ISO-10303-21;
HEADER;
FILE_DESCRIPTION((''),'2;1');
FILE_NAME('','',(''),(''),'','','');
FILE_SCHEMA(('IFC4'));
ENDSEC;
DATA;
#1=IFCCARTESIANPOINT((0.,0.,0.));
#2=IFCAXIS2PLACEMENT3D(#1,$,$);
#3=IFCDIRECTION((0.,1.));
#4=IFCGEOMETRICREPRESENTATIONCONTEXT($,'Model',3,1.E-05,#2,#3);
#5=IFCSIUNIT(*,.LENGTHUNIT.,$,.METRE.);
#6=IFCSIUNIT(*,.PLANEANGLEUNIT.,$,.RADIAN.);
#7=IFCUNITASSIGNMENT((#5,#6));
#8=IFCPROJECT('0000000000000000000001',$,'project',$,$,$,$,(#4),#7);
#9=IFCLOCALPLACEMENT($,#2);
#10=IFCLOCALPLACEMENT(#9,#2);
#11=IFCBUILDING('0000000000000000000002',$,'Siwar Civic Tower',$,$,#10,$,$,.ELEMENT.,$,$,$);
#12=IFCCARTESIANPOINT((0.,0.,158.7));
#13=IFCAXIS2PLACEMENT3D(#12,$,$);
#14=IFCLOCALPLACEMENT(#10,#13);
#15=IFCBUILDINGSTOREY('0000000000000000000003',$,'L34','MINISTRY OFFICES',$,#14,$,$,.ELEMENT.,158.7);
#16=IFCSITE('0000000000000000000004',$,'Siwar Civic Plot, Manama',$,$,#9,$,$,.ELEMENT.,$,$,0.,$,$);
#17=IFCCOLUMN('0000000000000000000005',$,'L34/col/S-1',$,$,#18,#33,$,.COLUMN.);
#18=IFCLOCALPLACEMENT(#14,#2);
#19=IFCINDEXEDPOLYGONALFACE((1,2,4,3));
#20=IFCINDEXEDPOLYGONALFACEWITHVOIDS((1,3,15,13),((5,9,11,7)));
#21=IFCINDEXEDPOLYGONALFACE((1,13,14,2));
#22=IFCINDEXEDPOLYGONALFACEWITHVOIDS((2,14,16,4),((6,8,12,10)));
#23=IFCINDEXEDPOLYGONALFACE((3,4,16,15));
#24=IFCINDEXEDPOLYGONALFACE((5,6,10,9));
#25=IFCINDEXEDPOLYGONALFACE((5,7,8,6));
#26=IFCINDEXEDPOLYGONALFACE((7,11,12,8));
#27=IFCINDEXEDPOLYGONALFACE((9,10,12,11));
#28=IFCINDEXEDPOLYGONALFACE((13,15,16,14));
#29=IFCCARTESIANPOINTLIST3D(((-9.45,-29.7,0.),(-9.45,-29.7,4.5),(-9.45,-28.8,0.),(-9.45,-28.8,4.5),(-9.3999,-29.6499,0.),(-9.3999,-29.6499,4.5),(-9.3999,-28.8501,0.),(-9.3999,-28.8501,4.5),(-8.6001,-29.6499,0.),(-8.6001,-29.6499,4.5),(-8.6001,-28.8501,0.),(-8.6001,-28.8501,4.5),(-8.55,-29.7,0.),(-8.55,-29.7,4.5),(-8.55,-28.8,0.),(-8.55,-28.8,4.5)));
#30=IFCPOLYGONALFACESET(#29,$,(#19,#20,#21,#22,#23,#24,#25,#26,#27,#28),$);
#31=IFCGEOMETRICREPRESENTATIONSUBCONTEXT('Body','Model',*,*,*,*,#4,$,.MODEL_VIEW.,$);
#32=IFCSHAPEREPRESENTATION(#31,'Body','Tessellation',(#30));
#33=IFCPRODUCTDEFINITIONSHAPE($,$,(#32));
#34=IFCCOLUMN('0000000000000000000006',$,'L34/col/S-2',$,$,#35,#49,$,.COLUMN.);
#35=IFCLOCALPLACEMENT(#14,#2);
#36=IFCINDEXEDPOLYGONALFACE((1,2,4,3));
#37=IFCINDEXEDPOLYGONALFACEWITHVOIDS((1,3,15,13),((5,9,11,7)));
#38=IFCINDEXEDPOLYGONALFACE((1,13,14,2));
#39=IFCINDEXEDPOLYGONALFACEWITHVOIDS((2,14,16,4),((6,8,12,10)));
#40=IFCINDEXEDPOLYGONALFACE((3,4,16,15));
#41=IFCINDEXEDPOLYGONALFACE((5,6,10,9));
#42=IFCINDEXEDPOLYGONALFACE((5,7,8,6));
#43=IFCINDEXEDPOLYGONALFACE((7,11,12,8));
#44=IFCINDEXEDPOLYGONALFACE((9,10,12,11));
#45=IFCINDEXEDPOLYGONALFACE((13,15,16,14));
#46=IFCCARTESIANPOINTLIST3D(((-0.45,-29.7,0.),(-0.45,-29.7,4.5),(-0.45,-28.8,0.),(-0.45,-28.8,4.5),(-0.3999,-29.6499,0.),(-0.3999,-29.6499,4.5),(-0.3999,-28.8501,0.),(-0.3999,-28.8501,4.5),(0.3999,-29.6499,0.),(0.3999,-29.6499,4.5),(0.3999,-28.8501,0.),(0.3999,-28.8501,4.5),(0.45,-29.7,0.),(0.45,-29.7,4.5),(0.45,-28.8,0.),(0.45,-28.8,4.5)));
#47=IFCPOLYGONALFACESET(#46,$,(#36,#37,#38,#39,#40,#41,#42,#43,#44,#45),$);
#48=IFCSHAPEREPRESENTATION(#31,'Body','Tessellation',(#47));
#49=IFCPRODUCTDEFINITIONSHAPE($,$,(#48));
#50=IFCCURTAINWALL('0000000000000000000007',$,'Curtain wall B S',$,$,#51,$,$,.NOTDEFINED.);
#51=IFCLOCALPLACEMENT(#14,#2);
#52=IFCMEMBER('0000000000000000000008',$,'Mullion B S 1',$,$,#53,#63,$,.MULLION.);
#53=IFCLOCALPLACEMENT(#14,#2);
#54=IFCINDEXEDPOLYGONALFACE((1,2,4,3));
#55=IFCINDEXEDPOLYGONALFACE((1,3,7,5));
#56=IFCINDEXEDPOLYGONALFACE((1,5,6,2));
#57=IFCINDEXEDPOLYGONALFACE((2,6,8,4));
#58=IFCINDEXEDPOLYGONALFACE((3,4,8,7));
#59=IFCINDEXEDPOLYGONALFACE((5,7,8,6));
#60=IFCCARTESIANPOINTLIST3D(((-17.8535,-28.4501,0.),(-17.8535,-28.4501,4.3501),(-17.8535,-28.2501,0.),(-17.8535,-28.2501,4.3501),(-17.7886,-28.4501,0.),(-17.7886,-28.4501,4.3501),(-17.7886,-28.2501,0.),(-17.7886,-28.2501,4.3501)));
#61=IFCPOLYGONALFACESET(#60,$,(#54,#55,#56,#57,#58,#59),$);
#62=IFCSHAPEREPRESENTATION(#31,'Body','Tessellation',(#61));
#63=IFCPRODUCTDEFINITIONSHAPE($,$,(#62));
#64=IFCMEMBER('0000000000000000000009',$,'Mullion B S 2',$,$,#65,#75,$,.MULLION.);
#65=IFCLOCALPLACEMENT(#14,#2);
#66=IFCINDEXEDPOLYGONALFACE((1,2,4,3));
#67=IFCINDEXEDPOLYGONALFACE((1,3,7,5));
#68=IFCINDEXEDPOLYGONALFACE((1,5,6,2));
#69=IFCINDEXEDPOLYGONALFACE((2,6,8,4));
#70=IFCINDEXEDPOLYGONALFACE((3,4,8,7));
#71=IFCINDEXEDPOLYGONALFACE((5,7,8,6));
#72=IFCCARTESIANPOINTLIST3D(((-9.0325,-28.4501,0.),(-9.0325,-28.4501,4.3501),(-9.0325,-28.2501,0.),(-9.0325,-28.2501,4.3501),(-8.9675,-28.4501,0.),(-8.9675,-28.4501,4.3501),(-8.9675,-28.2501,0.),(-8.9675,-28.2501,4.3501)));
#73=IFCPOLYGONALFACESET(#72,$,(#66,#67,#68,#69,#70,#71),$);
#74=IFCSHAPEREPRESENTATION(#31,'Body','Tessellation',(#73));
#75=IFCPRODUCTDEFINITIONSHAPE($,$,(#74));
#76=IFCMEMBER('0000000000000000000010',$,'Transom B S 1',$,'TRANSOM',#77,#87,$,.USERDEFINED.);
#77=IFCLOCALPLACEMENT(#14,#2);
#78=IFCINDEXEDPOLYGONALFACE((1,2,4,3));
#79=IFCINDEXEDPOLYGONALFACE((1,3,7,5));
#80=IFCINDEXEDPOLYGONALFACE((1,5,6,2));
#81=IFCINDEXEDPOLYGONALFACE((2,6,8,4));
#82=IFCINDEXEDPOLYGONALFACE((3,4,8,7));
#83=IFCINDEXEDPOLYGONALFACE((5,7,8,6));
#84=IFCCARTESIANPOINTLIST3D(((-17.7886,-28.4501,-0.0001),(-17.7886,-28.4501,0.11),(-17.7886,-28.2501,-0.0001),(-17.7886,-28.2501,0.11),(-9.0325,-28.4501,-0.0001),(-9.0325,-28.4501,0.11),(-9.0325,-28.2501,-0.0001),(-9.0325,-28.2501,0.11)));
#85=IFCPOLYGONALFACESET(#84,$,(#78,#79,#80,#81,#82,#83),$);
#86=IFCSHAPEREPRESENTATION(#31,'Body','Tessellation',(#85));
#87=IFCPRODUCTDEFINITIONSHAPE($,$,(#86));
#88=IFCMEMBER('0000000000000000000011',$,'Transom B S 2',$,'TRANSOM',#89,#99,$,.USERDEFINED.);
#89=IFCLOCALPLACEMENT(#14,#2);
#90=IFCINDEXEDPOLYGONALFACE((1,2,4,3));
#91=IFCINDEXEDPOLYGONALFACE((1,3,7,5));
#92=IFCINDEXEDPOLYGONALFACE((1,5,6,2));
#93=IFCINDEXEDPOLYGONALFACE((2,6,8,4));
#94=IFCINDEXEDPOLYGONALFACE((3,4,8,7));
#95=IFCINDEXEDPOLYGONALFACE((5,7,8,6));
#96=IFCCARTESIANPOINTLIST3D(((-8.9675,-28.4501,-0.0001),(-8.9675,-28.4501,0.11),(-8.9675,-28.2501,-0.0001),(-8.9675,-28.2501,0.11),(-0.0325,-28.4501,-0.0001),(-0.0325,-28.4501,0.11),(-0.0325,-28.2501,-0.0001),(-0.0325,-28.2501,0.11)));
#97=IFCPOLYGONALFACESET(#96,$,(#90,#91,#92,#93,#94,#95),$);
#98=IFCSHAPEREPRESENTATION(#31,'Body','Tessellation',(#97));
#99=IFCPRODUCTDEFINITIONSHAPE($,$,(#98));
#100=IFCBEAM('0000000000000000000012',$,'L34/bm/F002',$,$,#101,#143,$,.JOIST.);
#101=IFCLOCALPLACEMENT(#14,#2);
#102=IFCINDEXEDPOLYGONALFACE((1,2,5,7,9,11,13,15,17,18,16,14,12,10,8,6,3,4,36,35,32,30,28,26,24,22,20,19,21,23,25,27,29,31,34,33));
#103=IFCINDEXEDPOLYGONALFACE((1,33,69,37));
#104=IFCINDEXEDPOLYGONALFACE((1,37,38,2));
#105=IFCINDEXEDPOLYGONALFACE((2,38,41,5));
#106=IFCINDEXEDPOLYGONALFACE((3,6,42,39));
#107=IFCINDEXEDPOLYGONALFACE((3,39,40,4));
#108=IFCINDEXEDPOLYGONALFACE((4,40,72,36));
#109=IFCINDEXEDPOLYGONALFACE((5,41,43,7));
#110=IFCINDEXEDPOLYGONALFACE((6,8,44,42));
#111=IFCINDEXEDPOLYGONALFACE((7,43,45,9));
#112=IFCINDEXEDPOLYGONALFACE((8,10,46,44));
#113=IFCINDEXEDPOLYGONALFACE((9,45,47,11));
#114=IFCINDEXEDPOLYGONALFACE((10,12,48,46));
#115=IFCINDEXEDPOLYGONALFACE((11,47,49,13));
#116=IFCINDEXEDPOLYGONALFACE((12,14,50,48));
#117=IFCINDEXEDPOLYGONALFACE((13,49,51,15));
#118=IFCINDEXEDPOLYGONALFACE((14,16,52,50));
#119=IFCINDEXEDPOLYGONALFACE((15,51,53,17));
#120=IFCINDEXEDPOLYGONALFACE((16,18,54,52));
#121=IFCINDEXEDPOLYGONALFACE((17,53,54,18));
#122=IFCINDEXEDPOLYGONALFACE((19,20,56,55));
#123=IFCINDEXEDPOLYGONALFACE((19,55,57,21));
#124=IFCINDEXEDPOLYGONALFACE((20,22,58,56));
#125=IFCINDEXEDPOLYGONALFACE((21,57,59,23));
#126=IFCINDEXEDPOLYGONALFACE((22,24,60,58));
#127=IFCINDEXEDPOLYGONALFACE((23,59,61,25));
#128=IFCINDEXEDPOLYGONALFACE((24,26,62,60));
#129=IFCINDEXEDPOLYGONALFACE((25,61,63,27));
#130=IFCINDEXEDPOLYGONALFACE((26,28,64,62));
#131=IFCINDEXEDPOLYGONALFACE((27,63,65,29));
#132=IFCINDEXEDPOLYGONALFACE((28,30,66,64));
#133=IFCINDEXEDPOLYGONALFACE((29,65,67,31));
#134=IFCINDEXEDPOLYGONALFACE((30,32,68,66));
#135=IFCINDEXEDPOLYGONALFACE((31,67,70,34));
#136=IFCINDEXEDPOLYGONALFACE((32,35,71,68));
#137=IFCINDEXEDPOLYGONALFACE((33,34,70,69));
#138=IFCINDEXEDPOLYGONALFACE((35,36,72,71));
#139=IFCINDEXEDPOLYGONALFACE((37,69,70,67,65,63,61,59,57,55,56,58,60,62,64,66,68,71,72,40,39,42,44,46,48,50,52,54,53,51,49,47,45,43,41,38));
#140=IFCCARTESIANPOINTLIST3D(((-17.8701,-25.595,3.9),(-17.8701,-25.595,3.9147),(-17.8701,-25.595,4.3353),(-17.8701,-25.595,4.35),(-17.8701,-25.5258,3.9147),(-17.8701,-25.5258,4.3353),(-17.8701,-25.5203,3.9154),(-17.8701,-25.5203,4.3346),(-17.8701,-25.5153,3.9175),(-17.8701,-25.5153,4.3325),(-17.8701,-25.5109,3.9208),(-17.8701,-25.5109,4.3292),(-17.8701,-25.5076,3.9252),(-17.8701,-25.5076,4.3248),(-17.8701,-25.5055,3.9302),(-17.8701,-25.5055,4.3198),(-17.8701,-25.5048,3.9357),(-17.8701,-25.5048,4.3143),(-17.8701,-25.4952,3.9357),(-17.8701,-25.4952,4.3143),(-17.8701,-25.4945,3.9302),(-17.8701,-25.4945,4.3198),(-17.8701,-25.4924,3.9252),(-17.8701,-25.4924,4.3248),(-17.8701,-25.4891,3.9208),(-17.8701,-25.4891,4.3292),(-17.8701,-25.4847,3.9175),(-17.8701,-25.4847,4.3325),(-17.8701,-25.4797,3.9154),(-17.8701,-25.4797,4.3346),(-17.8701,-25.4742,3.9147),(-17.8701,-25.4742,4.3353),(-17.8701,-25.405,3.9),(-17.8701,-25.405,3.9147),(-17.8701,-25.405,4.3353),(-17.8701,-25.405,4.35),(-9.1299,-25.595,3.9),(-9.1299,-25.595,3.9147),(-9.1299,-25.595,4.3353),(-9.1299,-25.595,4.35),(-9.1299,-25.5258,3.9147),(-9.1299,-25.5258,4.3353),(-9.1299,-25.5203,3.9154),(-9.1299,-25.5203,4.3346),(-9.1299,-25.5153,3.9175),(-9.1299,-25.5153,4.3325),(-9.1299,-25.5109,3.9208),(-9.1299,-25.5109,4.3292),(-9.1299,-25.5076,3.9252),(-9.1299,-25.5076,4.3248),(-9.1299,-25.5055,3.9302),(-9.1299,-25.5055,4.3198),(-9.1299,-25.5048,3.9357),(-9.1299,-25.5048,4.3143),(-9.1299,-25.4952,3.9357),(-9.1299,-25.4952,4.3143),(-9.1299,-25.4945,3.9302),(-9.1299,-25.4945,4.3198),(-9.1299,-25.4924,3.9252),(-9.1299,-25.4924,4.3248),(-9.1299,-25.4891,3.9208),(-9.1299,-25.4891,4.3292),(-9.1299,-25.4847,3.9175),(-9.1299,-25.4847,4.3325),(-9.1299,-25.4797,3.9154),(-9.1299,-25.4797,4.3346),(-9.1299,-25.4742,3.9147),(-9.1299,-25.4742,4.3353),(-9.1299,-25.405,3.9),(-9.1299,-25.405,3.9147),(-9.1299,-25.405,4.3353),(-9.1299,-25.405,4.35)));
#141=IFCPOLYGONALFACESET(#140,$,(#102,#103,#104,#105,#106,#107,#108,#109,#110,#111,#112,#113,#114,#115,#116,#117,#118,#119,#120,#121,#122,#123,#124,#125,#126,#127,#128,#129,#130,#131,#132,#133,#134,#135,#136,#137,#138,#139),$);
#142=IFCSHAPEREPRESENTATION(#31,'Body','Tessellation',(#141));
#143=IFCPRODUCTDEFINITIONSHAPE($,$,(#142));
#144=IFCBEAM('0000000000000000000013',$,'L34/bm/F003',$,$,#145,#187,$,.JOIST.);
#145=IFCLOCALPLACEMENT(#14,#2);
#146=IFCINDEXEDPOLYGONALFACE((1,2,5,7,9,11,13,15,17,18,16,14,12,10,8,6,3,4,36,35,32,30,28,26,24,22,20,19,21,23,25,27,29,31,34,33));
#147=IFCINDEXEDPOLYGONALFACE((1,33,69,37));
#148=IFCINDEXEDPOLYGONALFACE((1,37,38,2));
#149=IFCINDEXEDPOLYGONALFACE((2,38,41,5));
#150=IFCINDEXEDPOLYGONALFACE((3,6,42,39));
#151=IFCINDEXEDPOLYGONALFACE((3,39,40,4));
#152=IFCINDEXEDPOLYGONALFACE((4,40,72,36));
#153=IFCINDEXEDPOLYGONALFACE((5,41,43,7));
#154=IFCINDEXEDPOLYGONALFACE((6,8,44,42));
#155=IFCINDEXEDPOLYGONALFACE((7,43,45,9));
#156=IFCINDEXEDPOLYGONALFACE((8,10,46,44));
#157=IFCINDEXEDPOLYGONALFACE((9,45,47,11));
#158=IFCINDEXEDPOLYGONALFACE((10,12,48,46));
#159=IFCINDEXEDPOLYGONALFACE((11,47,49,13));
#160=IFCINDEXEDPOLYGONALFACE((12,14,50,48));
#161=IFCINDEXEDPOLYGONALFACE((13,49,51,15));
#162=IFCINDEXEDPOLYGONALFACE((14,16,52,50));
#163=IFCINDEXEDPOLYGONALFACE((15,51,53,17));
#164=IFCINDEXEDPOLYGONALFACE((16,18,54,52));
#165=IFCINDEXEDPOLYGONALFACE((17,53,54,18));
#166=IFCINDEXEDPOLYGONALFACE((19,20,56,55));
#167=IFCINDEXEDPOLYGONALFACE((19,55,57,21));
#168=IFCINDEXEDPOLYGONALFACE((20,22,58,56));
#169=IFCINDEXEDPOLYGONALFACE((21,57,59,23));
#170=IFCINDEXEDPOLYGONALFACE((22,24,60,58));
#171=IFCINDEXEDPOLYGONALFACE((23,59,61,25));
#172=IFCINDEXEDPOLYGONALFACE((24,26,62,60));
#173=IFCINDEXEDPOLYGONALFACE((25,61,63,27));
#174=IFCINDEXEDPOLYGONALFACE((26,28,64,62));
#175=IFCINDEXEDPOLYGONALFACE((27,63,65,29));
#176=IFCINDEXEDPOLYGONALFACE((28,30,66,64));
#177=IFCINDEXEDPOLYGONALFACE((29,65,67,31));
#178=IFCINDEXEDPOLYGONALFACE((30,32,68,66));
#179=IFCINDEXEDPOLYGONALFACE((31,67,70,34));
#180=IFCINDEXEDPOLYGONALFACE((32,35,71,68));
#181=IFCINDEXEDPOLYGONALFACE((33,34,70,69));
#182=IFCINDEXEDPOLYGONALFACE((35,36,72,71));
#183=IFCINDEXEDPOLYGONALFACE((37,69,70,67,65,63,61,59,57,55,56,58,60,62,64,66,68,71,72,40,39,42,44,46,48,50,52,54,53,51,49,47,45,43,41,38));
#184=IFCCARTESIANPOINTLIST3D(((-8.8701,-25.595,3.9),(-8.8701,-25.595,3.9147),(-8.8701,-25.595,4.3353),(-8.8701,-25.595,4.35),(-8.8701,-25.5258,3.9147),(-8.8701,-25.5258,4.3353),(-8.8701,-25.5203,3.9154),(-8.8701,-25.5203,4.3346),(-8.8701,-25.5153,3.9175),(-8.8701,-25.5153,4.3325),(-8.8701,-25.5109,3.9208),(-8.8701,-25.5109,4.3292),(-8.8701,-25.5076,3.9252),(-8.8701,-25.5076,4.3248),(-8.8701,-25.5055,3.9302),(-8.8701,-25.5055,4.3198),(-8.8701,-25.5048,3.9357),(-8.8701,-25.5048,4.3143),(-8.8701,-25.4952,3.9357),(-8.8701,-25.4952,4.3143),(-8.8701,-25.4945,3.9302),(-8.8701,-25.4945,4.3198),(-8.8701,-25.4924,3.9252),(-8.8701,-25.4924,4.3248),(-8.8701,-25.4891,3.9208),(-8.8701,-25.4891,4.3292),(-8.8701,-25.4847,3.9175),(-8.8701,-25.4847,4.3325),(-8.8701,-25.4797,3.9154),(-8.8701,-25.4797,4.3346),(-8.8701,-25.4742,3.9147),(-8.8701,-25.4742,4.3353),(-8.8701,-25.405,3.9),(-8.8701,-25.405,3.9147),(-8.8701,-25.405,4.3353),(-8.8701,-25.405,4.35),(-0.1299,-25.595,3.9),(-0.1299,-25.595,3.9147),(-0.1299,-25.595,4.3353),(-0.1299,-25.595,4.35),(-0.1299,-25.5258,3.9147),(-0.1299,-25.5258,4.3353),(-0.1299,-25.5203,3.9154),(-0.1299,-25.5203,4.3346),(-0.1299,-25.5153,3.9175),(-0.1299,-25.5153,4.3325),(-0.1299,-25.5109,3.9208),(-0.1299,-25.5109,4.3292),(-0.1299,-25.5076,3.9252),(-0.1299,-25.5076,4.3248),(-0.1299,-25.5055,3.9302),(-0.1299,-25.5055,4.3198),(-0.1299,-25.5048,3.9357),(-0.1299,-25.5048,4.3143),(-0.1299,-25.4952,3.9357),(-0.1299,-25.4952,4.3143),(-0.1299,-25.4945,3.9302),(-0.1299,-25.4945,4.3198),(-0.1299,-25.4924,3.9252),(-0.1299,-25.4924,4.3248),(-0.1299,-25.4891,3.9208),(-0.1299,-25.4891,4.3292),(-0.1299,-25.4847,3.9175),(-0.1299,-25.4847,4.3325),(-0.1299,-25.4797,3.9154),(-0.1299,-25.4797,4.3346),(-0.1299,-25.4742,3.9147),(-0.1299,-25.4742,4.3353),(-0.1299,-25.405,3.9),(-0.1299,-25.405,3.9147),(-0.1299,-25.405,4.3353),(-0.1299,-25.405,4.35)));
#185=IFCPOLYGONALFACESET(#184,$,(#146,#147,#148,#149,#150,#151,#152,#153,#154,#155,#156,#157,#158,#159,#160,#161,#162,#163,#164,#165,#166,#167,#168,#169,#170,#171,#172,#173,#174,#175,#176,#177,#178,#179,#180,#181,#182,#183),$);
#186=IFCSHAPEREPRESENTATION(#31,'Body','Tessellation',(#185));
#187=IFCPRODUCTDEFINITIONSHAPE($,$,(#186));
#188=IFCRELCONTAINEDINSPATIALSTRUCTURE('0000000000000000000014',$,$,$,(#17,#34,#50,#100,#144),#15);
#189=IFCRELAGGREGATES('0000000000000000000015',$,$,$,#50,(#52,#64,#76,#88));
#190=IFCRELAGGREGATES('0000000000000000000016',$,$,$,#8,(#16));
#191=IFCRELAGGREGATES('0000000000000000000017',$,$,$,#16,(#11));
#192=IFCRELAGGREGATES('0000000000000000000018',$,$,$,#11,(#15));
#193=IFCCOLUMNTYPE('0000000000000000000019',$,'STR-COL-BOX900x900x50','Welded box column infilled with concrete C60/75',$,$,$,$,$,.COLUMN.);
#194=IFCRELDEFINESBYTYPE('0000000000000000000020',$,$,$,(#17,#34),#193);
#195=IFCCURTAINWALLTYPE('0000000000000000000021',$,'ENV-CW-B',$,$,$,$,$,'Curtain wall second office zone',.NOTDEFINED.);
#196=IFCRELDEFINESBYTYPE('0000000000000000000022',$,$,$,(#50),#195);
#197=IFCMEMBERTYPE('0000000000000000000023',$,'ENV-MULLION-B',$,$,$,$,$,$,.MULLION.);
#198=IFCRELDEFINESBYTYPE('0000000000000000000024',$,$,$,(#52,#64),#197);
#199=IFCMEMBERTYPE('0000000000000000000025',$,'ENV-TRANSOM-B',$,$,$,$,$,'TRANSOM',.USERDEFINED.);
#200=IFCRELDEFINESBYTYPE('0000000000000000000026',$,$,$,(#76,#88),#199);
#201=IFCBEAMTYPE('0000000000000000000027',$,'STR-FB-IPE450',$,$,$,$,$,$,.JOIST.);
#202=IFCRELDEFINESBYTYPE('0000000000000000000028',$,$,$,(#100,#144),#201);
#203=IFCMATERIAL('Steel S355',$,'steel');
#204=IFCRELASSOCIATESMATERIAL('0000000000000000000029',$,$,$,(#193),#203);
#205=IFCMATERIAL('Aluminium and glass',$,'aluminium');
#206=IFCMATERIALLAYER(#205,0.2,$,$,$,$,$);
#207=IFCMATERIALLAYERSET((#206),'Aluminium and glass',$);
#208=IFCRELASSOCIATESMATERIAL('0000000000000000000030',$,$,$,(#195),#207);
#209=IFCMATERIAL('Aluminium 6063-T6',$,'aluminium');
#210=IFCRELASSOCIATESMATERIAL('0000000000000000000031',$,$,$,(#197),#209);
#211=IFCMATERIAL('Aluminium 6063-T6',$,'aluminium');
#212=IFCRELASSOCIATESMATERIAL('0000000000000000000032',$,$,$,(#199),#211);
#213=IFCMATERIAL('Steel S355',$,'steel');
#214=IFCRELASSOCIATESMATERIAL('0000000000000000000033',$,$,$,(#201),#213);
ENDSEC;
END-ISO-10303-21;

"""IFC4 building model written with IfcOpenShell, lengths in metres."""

from ifc_helpers import new_model, si_unit, direction, frame, origin, origin_2d, place, context, subcontext, project, spatial, rectangle, hollow_rectangle, i_section, extrude, material, layer, layer_set, material_profile, profile_set, type_object, element, aggregate, save


model = new_model("IFC4")

# Units and contexts
model_context = context("Model", 3, precision=1e-05, world=origin(), true_north=direction((0.0, 1.0)))
body_context = subcontext(model_context, "Body", "Model", "MODEL_VIEW")
ifc_project = project(units=[si_unit("LENGTHUNIT", "METRE"), si_unit("PLANEANGLEUNIT", "RADIAN")], contexts=[model_context])

# Site, building, storey
site_placement = place(None, origin())
site = spatial("IfcSite", under=ifc_project, at=site_placement, Name="Siwar Civic Plot, Manama", CompositionType="ELEMENT", RefElevation=0.0)
building_placement = place(site_placement, origin())
building = spatial("IfcBuilding", under=site, at=building_placement, Name="Siwar Civic Tower", CompositionType="ELEMENT")
storey_placement = place(building_placement, frame((0.0, 0.0, 158.7)))
storey = spatial("IfcBuildingStorey", under=building, at=storey_placement, Name="L34", Description="MINISTRY OFFICES", CompositionType="ELEMENT", Elevation=158.7)

# Columns
ifc_material_1 = material(Name="Steel S355", Category="steel")
ifc_material_profile_1 = material_profile(ifc_material_1, hollow_rectangle(XDim=0.8999, YDim=0.8999, WallThickness=0.05, at=origin_2d()), Name="BOX900x900x50")
ifc_profile_set_1 = profile_set([ifc_material_profile_1], Name="Steel S355")
column_type = type_object("IfcColumnType", Name="STR-COL-BOX900x900x50", Description="Welded box column infilled with concrete C60/75", PredefinedType="COLUMN", material=ifc_profile_set_1)
for number, where, z_axis, x_axis, name in (
    (1, (-9.0, -29.25, 0.0), (0.0, 0.0, 1.0), (1.0, 0.0, 0.0), "L34/col/S-1"),
    (2, (0.0, -29.25, 0.0), (0.0, 0.0, 1.0), (1.0, 0.0, 0.0), "L34/col/S-2"),
):
    element("IfcColumn", number, at=place(storey_placement, frame(where, z_axis=z_axis, x_axis=x_axis)), inside=storey, type_object=column_type, Name=name, PredefinedType="COLUMN", context=body_context, shape_type="SweptSolid", body=[
        extrude(hollow_rectangle(XDim=0.8999, YDim=0.8999, WallThickness=0.05, at=origin_2d()), origin(), (0.0, 0.0, 1.0), 4.5),
    ])

# Curtain wall, members
ifc_material_2 = material(Name="Aluminium and glass", Category="aluminium")
ifc_layer_1 = layer(ifc_material_2, 0.2)
ifc_layer_set_1 = layer_set([ifc_layer_1], Name="Aluminium and glass")
curtain_wall_type = type_object("IfcCurtainWallType", Name="ENV-CW-B", ElementType="Curtain wall second office zone", PredefinedType="NOTDEFINED", material=ifc_layer_set_1)
curtain_wall_placement = place(storey_placement, origin())
curtain_wall = element("IfcCurtainWall", 3, at=curtain_wall_placement, inside=storey, type_object=curtain_wall_type, Name="Curtain wall B S", PredefinedType="NOTDEFINED")
ifc_material_3 = material(Name="Aluminium 6063-T6", Category="aluminium")
ifc_material_profile_2 = material_profile(ifc_material_3, rectangle(XDim=0.2, YDim=0.0649, at=origin_2d()), Name="AL 200x65")
ifc_profile_set_2 = profile_set([ifc_material_profile_2], Name="Aluminium 6063-T6")
member_type_1 = type_object("IfcMemberType", Name="ENV-MULLION-B", PredefinedType="MULLION", material=ifc_profile_set_2)
member_1_placement = place(storey_placement, frame((-17.821, -28.3501, 0.0), z_axis=(0.0, 0.0, 1.0), x_axis=(0.0, 1.0, 0.0)))
member_1 = element("IfcMember", 4, at=member_1_placement, type_object=member_type_1, Name="Mullion B S 1", PredefinedType="MULLION", context=body_context, shape_type="SweptSolid", body=[
    extrude(rectangle(XDim=0.2, YDim=0.0649, at=origin_2d()), origin(), (0.0, 0.0, 1.0), 4.3501),
])
member_2_placement = place(storey_placement, frame((-9.0, -28.3501, 0.0), z_axis=(0.0, 0.0, 1.0), x_axis=(0.0, 1.0, 0.0)))
member_2 = element("IfcMember", 5, at=member_2_placement, type_object=member_type_1, Name="Mullion B S 2", PredefinedType="MULLION", context=body_context, shape_type="SweptSolid", body=[
    extrude(rectangle(XDim=0.2, YDim=0.0649, at=origin_2d()), origin(), (0.0, 0.0, 1.0), 4.3501),
])
ifc_material_4 = material(Name="Aluminium 6063-T6", Category="aluminium")
ifc_material_profile_3 = material_profile(ifc_material_4, rectangle(XDim=0.2, YDim=0.1101, at=origin_2d()), Name="AL 200x110")
ifc_profile_set_3 = profile_set([ifc_material_profile_3], Name="Aluminium 6063-T6")
member_type_2 = type_object("IfcMemberType", Name="ENV-TRANSOM-B", ElementType="TRANSOM", PredefinedType="USERDEFINED", material=ifc_profile_set_3)
member_3_placement = place(storey_placement, frame((-17.7886, -28.3501, 0.0549), z_axis=(1.0, 0.0, 0.0), x_axis=(0.0, 1.0, 0.0)))
member_3 = element("IfcMember", 6, at=member_3_placement, type_object=member_type_2, Name="Transom B S 1", ObjectType="TRANSOM", PredefinedType="USERDEFINED", context=body_context, shape_type="SweptSolid", body=[
    extrude(rectangle(XDim=0.2, YDim=0.1101, at=origin_2d()), origin(), (0.0, 0.0, 1.0), 8.7561),
])
member_4_placement = place(storey_placement, frame((-8.9675, -28.3501, 0.0549), z_axis=(1.0, 0.0, 0.0), x_axis=(0.0, 1.0, 0.0)))
member_4 = element("IfcMember", 7, at=member_4_placement, type_object=member_type_2, Name="Transom B S 2", ObjectType="TRANSOM", PredefinedType="USERDEFINED", context=body_context, shape_type="SweptSolid", body=[
    extrude(rectangle(XDim=0.2, YDim=0.1101, at=origin_2d()), origin(), (0.0, 0.0, 1.0), 8.9351),
])

# Beams
ifc_material_5 = material(Name="Steel S355", Category="steel")
ifc_material_profile_4 = material_profile(ifc_material_5, i_section(OverallWidth=0.1899, OverallDepth=0.45, WebThickness=0.0095, FlangeThickness=0.0146, FilletRadius=0.021, at=origin_2d()), Name="IPE450")
ifc_profile_set_4 = profile_set([ifc_material_profile_4], Name="Steel S355")
beam_type_1 = type_object("IfcBeamType", Name="STR-FB-IPE450", PredefinedType="JOIST", material=ifc_profile_set_4)
for number, where, z_axis, x_axis, name in (
    (8, (-17.8701, -25.5, 4.125), (1.0, 0.0, 0.0), (0.0, 1.0, 0.0), "L34/bm/F002"),
    (9, (-8.8701, -25.5, 4.125), (1.0, 0.0, 0.0), (0.0, 1.0, 0.0), "L34/bm/F003"),
):
    element("IfcBeam", number, at=place(storey_placement, frame(where, z_axis=z_axis, x_axis=x_axis)), inside=storey, type_object=beam_type_1, Name=name, PredefinedType="JOIST", context=body_context, shape_type="SweptSolid", body=[
        extrude(i_section(OverallWidth=0.1899, OverallDepth=0.45, WebThickness=0.0095, FlangeThickness=0.0146, FilletRadius=0.021, at=origin_2d()), origin(), (0.0, 0.0, 1.0), 8.7402),
    ])

aggregate(curtain_wall, [member_1, member_2, member_3, member_4])

save(model, "model.ifc")
